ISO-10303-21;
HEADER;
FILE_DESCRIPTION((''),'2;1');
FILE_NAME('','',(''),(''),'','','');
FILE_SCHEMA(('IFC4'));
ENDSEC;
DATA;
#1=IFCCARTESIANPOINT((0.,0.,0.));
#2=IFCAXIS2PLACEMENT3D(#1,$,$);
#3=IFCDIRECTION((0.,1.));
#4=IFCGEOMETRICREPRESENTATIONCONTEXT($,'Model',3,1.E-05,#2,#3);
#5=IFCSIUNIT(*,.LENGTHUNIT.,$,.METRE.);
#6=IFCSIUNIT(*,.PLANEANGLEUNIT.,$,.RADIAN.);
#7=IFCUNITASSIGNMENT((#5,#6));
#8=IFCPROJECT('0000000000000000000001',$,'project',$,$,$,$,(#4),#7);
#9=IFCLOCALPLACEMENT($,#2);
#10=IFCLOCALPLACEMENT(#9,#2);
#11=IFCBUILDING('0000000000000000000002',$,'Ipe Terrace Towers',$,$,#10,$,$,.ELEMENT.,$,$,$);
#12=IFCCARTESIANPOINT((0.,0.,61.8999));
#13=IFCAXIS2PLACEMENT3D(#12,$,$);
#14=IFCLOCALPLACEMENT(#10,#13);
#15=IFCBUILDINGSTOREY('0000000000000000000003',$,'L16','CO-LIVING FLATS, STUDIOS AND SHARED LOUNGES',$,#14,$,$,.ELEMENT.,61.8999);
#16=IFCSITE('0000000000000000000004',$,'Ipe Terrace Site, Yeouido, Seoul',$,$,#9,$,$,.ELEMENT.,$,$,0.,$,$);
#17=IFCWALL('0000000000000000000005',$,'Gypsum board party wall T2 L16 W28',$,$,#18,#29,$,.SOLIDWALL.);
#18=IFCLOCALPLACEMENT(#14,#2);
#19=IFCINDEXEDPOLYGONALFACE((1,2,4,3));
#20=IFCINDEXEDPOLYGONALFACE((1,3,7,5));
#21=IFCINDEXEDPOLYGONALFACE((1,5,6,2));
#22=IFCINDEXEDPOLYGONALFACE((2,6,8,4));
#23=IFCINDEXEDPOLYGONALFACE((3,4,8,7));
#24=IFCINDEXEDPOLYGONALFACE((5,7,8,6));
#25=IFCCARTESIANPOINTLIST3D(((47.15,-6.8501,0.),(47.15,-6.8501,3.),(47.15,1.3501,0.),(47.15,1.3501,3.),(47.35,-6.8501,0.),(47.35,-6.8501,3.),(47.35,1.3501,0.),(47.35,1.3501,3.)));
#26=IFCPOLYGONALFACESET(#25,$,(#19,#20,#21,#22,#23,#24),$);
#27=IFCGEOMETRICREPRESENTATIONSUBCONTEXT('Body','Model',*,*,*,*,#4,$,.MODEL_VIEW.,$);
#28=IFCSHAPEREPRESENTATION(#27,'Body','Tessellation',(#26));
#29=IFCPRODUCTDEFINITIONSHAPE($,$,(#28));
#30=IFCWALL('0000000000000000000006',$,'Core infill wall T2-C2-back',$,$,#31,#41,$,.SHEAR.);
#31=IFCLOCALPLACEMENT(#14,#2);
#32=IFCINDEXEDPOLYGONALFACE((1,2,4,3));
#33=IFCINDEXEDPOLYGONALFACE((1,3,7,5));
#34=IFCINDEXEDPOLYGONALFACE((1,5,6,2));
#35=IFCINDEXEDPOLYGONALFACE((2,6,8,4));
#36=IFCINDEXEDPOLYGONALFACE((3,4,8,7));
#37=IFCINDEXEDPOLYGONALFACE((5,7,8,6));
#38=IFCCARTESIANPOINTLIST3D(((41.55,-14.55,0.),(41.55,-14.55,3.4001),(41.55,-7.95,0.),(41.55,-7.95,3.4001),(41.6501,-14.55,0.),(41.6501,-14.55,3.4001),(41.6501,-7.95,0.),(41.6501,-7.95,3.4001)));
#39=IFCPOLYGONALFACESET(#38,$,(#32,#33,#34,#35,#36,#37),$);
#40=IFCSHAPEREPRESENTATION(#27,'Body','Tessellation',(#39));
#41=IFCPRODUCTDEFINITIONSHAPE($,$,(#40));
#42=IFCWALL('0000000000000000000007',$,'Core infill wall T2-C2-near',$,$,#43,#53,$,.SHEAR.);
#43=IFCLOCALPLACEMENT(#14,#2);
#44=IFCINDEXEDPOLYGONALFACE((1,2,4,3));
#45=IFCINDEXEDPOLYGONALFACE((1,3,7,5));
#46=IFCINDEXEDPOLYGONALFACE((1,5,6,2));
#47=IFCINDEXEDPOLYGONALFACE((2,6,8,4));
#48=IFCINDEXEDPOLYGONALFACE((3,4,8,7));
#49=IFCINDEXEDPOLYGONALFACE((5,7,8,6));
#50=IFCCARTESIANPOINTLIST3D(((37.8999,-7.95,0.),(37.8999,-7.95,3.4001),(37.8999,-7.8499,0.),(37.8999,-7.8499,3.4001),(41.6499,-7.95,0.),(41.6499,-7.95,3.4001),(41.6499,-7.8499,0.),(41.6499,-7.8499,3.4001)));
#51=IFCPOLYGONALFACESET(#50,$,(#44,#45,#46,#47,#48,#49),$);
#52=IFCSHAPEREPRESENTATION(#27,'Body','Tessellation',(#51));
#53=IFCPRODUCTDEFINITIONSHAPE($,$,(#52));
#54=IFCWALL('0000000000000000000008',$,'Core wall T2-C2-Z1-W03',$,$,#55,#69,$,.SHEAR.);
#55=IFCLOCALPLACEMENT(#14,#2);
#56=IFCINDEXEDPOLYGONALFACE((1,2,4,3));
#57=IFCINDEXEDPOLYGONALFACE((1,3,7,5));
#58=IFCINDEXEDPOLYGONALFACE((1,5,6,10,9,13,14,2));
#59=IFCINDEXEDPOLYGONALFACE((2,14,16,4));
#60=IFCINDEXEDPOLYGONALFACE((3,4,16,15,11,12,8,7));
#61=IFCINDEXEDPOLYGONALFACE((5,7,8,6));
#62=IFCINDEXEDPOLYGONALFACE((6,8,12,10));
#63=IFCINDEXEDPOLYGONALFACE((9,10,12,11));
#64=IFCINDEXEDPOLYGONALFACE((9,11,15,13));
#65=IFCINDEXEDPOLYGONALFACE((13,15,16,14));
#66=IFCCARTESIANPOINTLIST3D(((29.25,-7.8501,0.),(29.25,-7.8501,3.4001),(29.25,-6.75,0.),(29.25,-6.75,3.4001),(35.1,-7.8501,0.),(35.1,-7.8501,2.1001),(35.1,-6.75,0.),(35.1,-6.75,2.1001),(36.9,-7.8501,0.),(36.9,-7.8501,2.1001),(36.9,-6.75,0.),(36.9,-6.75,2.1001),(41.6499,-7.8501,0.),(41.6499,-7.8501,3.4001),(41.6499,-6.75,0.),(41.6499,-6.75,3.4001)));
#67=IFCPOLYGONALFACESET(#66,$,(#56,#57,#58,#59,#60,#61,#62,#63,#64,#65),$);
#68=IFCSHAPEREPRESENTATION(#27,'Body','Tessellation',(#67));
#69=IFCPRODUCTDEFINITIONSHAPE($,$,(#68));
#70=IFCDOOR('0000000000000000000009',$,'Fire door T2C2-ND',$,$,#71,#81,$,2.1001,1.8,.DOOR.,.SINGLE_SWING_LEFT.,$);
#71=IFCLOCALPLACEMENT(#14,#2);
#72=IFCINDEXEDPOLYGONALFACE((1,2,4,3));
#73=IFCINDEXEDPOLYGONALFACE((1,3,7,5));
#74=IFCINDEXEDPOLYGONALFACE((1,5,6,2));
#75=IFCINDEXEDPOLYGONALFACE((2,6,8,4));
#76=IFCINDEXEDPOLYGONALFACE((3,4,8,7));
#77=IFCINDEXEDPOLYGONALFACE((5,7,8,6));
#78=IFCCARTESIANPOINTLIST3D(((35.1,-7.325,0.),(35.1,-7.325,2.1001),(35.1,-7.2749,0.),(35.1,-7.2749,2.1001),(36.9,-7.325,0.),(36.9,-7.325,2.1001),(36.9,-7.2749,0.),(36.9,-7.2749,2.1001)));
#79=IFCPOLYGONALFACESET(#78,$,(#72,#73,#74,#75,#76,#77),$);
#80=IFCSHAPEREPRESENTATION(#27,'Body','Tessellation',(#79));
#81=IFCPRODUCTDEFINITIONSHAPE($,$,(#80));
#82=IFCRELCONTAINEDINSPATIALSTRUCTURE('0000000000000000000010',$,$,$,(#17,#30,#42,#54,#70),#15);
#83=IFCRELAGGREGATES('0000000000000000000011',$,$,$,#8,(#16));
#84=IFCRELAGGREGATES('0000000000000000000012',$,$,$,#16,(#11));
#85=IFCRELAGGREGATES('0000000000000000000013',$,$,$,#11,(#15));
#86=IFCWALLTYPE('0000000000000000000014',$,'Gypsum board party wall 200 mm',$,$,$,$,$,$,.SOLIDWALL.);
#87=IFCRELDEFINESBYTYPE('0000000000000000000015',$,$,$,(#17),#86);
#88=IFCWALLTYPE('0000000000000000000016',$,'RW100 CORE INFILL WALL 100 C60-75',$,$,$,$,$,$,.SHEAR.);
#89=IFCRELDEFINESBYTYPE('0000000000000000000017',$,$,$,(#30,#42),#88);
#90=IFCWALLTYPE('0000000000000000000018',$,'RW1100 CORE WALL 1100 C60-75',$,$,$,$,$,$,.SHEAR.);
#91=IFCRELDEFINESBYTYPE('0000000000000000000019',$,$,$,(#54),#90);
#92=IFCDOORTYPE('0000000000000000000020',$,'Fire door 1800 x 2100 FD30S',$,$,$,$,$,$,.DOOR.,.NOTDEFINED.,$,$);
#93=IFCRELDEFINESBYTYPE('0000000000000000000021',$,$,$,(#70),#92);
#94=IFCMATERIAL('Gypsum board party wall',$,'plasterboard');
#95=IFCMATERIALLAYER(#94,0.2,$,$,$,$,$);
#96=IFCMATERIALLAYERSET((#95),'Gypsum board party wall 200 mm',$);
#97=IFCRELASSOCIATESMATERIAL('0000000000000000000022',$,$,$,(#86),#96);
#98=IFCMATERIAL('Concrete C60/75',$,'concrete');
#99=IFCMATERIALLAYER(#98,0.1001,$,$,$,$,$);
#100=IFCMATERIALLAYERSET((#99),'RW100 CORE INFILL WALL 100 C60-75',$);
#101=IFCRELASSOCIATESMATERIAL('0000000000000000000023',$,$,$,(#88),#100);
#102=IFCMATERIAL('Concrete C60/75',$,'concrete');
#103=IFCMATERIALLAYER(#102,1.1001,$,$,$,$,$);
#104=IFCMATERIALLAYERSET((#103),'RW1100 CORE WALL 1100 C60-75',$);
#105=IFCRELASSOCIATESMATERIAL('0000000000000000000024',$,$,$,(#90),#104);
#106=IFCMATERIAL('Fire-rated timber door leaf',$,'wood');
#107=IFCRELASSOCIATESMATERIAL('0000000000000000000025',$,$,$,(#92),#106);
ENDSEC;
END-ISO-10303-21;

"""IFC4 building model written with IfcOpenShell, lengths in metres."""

from ifc_helpers import new_model, si_unit, direction, frame, frame_2d, origin, place, context, subcontext, project, spatial, rectangle, extrude, material, layer, layer_set, type_object, element, fill, save


model = new_model("IFC4")

# Units and contexts
model_context = context("Model", 3, precision=1e-05, world=origin(), true_north=direction((0.0, 1.0)))
body_context = subcontext(model_context, "Body", "Model", "MODEL_VIEW")
ifc_project = project(units=[si_unit("LENGTHUNIT", "METRE"), si_unit("PLANEANGLEUNIT", "RADIAN")], contexts=[model_context])

# Site, building, storey
site_placement = place(None, origin())
site = spatial("IfcSite", under=ifc_project, at=site_placement, Name="Ipe Terrace Site, Yeouido, Seoul", CompositionType="ELEMENT", RefElevation=0.0)
building_placement = place(site_placement, origin())
building = spatial("IfcBuilding", under=site, at=building_placement, Name="Ipe Terrace Towers", CompositionType="ELEMENT")
storey_placement = place(building_placement, frame((0.0, 0.0, 61.8999)))
storey = spatial("IfcBuildingStorey", under=building, at=storey_placement, Name="L16", Description="CO-LIVING FLATS, STUDIOS AND SHARED LOUNGES", CompositionType="ELEMENT", Elevation=61.8999)

# Walls
ifc_material_1 = material(Name="Gypsum board party wall", Category="plasterboard")
ifc_layer_1 = layer(ifc_material_1, 0.2)
ifc_layer_set_1 = layer_set([ifc_layer_1], Name="Gypsum board party wall 200 mm")
wall_type_1 = type_object("IfcWallType", Name="Gypsum board party wall 200 mm", PredefinedType="SOLIDWALL", material=ifc_layer_set_1)
wall_1_placement = place(storey_placement, frame((47.25, -6.8501, 0.0), z_axis=(0.0, 0.0, 1.0), x_axis=(0.0, 1.0, 0.0)))
element("IfcWall", 1, at=wall_1_placement, inside=storey, type_object=wall_type_1, Name="Gypsum board party wall T2 L16 W28", PredefinedType="SOLIDWALL", context=body_context, shape_type="SweptSolid", body=[
    extrude(rectangle(XDim=8.2002, YDim=0.2, at=frame_2d((4.1001, 0.0))), origin(), (0.0, 0.0, 1.0), 3.0),
])
ifc_material_2 = material(Name="Concrete C60/75", Category="concrete")
ifc_layer_2 = layer(ifc_material_2, 0.1001)
ifc_layer_set_2 = layer_set([ifc_layer_2], Name="RW100 CORE INFILL WALL 100 C60-75")
wall_type_2 = type_object("IfcWallType", Name="RW100 CORE INFILL WALL 100 C60-75", PredefinedType="SHEAR", material=ifc_layer_set_2)
wall_2_placement = place(storey_placement, frame((41.6001, -7.95, 0.0), z_axis=(0.0, 0.0, 1.0), x_axis=(0.0, -1.0, 0.0)))
element("IfcWall", 2, at=wall_2_placement, inside=storey, type_object=wall_type_2, Name="Core infill wall T2-C2-back", PredefinedType="SHEAR", context=body_context, shape_type="SweptSolid", body=[
    extrude(rectangle(XDim=6.6001, YDim=0.1001, at=frame_2d((3.3, 0.0))), origin(), (0.0, 0.0, 1.0), 3.4001),
])
wall_3_placement = place(storey_placement, frame((37.8999, -7.8999, 0.0), z_axis=(0.0, 0.0, 1.0), x_axis=(1.0, 0.0, 0.0)))
element("IfcWall", 3, at=wall_3_placement, inside=storey, type_object=wall_type_2, Name="Core infill wall T2-C2-near", PredefinedType="SHEAR", context=body_context, shape_type="SweptSolid", body=[
    extrude(rectangle(XDim=3.75, YDim=0.1001, at=frame_2d((1.875, 0.0))), origin(), (0.0, 0.0, 1.0), 3.4001),
])

# Wall, opening, door
ifc_material_3 = material(Name="Concrete C60/75", Category="concrete")
ifc_layer_3 = layer(ifc_material_3, 1.1001)
ifc_layer_set_3 = layer_set([ifc_layer_3], Name="RW1100 CORE WALL 1100 C60-75")
wall_type_3 = type_object("IfcWallType", Name="RW1100 CORE WALL 1100 C60-75", PredefinedType="SHEAR", material=ifc_layer_set_3)
wall_4_placement = place(storey_placement, frame((41.6499, -7.3, 0.0), z_axis=(0.0, 0.0, 1.0), x_axis=(-1.0, 0.0, 0.0)))
wall_4 = element("IfcWall", 4, at=wall_4_placement, inside=storey, type_object=wall_type_3, Name="Core wall T2-C2-Z1-W03", PredefinedType="SHEAR", context=body_context, shape_type="SweptSolid", body=[
    extrude(rectangle(XDim=12.3999, YDim=1.1001, at=frame_2d((6.2, 0.0))), origin(), (0.0, 0.0, 1.0), 3.4001),
])
opening_1_placement = place(wall_4_placement, frame((4.75, 0.0, 0.0)))
opening_1 = element("IfcOpeningElement", 5, at=opening_1_placement, cuts=wall_4, PredefinedType="OPENING", context=body_context, shape_type="SweptSolid", body=[
    extrude(rectangle(XDim=1.8, YDim=2.1001, at=frame_2d((0.8999, 1.05))), frame((0.0, 0.5601, 0.0), z_axis=(0.0, -1.0, 0.0), x_axis=(1.0, 0.0, 0.0)), (0.0, 0.0, 1.0), 1.1201),
])
ifc_material_4 = material(Name="Fire-rated timber door leaf", Category="wood")
door_type_1 = type_object("IfcDoorType", Name="Fire door 1800 x 2100 FD30S", OperationType="NOTDEFINED", PredefinedType="DOOR", material=ifc_material_4)
door_1_placement = place(opening_1_placement, origin())
door_1 = element("IfcDoor", 6, at=door_1_placement, inside=storey, type_object=door_type_1, Name="Fire door T2C2-ND", OperationType="SINGLE_SWING_LEFT", OverallHeight=2.1001, OverallWidth=1.8, PredefinedType="DOOR", context=body_context, shape_type="SweptSolid", body=[
    extrude(rectangle(XDim=1.8, YDim=2.1001, at=frame_2d((0.8999, 1.05))), frame((0.0, 0.0249, 0.0), z_axis=(0.0, -1.0, 0.0), x_axis=(1.0, 0.0, 0.0)), (0.0, 0.0, 1.0), 0.05),
])
fill(opening_1, door_1)

save(model, "model.ifc")
